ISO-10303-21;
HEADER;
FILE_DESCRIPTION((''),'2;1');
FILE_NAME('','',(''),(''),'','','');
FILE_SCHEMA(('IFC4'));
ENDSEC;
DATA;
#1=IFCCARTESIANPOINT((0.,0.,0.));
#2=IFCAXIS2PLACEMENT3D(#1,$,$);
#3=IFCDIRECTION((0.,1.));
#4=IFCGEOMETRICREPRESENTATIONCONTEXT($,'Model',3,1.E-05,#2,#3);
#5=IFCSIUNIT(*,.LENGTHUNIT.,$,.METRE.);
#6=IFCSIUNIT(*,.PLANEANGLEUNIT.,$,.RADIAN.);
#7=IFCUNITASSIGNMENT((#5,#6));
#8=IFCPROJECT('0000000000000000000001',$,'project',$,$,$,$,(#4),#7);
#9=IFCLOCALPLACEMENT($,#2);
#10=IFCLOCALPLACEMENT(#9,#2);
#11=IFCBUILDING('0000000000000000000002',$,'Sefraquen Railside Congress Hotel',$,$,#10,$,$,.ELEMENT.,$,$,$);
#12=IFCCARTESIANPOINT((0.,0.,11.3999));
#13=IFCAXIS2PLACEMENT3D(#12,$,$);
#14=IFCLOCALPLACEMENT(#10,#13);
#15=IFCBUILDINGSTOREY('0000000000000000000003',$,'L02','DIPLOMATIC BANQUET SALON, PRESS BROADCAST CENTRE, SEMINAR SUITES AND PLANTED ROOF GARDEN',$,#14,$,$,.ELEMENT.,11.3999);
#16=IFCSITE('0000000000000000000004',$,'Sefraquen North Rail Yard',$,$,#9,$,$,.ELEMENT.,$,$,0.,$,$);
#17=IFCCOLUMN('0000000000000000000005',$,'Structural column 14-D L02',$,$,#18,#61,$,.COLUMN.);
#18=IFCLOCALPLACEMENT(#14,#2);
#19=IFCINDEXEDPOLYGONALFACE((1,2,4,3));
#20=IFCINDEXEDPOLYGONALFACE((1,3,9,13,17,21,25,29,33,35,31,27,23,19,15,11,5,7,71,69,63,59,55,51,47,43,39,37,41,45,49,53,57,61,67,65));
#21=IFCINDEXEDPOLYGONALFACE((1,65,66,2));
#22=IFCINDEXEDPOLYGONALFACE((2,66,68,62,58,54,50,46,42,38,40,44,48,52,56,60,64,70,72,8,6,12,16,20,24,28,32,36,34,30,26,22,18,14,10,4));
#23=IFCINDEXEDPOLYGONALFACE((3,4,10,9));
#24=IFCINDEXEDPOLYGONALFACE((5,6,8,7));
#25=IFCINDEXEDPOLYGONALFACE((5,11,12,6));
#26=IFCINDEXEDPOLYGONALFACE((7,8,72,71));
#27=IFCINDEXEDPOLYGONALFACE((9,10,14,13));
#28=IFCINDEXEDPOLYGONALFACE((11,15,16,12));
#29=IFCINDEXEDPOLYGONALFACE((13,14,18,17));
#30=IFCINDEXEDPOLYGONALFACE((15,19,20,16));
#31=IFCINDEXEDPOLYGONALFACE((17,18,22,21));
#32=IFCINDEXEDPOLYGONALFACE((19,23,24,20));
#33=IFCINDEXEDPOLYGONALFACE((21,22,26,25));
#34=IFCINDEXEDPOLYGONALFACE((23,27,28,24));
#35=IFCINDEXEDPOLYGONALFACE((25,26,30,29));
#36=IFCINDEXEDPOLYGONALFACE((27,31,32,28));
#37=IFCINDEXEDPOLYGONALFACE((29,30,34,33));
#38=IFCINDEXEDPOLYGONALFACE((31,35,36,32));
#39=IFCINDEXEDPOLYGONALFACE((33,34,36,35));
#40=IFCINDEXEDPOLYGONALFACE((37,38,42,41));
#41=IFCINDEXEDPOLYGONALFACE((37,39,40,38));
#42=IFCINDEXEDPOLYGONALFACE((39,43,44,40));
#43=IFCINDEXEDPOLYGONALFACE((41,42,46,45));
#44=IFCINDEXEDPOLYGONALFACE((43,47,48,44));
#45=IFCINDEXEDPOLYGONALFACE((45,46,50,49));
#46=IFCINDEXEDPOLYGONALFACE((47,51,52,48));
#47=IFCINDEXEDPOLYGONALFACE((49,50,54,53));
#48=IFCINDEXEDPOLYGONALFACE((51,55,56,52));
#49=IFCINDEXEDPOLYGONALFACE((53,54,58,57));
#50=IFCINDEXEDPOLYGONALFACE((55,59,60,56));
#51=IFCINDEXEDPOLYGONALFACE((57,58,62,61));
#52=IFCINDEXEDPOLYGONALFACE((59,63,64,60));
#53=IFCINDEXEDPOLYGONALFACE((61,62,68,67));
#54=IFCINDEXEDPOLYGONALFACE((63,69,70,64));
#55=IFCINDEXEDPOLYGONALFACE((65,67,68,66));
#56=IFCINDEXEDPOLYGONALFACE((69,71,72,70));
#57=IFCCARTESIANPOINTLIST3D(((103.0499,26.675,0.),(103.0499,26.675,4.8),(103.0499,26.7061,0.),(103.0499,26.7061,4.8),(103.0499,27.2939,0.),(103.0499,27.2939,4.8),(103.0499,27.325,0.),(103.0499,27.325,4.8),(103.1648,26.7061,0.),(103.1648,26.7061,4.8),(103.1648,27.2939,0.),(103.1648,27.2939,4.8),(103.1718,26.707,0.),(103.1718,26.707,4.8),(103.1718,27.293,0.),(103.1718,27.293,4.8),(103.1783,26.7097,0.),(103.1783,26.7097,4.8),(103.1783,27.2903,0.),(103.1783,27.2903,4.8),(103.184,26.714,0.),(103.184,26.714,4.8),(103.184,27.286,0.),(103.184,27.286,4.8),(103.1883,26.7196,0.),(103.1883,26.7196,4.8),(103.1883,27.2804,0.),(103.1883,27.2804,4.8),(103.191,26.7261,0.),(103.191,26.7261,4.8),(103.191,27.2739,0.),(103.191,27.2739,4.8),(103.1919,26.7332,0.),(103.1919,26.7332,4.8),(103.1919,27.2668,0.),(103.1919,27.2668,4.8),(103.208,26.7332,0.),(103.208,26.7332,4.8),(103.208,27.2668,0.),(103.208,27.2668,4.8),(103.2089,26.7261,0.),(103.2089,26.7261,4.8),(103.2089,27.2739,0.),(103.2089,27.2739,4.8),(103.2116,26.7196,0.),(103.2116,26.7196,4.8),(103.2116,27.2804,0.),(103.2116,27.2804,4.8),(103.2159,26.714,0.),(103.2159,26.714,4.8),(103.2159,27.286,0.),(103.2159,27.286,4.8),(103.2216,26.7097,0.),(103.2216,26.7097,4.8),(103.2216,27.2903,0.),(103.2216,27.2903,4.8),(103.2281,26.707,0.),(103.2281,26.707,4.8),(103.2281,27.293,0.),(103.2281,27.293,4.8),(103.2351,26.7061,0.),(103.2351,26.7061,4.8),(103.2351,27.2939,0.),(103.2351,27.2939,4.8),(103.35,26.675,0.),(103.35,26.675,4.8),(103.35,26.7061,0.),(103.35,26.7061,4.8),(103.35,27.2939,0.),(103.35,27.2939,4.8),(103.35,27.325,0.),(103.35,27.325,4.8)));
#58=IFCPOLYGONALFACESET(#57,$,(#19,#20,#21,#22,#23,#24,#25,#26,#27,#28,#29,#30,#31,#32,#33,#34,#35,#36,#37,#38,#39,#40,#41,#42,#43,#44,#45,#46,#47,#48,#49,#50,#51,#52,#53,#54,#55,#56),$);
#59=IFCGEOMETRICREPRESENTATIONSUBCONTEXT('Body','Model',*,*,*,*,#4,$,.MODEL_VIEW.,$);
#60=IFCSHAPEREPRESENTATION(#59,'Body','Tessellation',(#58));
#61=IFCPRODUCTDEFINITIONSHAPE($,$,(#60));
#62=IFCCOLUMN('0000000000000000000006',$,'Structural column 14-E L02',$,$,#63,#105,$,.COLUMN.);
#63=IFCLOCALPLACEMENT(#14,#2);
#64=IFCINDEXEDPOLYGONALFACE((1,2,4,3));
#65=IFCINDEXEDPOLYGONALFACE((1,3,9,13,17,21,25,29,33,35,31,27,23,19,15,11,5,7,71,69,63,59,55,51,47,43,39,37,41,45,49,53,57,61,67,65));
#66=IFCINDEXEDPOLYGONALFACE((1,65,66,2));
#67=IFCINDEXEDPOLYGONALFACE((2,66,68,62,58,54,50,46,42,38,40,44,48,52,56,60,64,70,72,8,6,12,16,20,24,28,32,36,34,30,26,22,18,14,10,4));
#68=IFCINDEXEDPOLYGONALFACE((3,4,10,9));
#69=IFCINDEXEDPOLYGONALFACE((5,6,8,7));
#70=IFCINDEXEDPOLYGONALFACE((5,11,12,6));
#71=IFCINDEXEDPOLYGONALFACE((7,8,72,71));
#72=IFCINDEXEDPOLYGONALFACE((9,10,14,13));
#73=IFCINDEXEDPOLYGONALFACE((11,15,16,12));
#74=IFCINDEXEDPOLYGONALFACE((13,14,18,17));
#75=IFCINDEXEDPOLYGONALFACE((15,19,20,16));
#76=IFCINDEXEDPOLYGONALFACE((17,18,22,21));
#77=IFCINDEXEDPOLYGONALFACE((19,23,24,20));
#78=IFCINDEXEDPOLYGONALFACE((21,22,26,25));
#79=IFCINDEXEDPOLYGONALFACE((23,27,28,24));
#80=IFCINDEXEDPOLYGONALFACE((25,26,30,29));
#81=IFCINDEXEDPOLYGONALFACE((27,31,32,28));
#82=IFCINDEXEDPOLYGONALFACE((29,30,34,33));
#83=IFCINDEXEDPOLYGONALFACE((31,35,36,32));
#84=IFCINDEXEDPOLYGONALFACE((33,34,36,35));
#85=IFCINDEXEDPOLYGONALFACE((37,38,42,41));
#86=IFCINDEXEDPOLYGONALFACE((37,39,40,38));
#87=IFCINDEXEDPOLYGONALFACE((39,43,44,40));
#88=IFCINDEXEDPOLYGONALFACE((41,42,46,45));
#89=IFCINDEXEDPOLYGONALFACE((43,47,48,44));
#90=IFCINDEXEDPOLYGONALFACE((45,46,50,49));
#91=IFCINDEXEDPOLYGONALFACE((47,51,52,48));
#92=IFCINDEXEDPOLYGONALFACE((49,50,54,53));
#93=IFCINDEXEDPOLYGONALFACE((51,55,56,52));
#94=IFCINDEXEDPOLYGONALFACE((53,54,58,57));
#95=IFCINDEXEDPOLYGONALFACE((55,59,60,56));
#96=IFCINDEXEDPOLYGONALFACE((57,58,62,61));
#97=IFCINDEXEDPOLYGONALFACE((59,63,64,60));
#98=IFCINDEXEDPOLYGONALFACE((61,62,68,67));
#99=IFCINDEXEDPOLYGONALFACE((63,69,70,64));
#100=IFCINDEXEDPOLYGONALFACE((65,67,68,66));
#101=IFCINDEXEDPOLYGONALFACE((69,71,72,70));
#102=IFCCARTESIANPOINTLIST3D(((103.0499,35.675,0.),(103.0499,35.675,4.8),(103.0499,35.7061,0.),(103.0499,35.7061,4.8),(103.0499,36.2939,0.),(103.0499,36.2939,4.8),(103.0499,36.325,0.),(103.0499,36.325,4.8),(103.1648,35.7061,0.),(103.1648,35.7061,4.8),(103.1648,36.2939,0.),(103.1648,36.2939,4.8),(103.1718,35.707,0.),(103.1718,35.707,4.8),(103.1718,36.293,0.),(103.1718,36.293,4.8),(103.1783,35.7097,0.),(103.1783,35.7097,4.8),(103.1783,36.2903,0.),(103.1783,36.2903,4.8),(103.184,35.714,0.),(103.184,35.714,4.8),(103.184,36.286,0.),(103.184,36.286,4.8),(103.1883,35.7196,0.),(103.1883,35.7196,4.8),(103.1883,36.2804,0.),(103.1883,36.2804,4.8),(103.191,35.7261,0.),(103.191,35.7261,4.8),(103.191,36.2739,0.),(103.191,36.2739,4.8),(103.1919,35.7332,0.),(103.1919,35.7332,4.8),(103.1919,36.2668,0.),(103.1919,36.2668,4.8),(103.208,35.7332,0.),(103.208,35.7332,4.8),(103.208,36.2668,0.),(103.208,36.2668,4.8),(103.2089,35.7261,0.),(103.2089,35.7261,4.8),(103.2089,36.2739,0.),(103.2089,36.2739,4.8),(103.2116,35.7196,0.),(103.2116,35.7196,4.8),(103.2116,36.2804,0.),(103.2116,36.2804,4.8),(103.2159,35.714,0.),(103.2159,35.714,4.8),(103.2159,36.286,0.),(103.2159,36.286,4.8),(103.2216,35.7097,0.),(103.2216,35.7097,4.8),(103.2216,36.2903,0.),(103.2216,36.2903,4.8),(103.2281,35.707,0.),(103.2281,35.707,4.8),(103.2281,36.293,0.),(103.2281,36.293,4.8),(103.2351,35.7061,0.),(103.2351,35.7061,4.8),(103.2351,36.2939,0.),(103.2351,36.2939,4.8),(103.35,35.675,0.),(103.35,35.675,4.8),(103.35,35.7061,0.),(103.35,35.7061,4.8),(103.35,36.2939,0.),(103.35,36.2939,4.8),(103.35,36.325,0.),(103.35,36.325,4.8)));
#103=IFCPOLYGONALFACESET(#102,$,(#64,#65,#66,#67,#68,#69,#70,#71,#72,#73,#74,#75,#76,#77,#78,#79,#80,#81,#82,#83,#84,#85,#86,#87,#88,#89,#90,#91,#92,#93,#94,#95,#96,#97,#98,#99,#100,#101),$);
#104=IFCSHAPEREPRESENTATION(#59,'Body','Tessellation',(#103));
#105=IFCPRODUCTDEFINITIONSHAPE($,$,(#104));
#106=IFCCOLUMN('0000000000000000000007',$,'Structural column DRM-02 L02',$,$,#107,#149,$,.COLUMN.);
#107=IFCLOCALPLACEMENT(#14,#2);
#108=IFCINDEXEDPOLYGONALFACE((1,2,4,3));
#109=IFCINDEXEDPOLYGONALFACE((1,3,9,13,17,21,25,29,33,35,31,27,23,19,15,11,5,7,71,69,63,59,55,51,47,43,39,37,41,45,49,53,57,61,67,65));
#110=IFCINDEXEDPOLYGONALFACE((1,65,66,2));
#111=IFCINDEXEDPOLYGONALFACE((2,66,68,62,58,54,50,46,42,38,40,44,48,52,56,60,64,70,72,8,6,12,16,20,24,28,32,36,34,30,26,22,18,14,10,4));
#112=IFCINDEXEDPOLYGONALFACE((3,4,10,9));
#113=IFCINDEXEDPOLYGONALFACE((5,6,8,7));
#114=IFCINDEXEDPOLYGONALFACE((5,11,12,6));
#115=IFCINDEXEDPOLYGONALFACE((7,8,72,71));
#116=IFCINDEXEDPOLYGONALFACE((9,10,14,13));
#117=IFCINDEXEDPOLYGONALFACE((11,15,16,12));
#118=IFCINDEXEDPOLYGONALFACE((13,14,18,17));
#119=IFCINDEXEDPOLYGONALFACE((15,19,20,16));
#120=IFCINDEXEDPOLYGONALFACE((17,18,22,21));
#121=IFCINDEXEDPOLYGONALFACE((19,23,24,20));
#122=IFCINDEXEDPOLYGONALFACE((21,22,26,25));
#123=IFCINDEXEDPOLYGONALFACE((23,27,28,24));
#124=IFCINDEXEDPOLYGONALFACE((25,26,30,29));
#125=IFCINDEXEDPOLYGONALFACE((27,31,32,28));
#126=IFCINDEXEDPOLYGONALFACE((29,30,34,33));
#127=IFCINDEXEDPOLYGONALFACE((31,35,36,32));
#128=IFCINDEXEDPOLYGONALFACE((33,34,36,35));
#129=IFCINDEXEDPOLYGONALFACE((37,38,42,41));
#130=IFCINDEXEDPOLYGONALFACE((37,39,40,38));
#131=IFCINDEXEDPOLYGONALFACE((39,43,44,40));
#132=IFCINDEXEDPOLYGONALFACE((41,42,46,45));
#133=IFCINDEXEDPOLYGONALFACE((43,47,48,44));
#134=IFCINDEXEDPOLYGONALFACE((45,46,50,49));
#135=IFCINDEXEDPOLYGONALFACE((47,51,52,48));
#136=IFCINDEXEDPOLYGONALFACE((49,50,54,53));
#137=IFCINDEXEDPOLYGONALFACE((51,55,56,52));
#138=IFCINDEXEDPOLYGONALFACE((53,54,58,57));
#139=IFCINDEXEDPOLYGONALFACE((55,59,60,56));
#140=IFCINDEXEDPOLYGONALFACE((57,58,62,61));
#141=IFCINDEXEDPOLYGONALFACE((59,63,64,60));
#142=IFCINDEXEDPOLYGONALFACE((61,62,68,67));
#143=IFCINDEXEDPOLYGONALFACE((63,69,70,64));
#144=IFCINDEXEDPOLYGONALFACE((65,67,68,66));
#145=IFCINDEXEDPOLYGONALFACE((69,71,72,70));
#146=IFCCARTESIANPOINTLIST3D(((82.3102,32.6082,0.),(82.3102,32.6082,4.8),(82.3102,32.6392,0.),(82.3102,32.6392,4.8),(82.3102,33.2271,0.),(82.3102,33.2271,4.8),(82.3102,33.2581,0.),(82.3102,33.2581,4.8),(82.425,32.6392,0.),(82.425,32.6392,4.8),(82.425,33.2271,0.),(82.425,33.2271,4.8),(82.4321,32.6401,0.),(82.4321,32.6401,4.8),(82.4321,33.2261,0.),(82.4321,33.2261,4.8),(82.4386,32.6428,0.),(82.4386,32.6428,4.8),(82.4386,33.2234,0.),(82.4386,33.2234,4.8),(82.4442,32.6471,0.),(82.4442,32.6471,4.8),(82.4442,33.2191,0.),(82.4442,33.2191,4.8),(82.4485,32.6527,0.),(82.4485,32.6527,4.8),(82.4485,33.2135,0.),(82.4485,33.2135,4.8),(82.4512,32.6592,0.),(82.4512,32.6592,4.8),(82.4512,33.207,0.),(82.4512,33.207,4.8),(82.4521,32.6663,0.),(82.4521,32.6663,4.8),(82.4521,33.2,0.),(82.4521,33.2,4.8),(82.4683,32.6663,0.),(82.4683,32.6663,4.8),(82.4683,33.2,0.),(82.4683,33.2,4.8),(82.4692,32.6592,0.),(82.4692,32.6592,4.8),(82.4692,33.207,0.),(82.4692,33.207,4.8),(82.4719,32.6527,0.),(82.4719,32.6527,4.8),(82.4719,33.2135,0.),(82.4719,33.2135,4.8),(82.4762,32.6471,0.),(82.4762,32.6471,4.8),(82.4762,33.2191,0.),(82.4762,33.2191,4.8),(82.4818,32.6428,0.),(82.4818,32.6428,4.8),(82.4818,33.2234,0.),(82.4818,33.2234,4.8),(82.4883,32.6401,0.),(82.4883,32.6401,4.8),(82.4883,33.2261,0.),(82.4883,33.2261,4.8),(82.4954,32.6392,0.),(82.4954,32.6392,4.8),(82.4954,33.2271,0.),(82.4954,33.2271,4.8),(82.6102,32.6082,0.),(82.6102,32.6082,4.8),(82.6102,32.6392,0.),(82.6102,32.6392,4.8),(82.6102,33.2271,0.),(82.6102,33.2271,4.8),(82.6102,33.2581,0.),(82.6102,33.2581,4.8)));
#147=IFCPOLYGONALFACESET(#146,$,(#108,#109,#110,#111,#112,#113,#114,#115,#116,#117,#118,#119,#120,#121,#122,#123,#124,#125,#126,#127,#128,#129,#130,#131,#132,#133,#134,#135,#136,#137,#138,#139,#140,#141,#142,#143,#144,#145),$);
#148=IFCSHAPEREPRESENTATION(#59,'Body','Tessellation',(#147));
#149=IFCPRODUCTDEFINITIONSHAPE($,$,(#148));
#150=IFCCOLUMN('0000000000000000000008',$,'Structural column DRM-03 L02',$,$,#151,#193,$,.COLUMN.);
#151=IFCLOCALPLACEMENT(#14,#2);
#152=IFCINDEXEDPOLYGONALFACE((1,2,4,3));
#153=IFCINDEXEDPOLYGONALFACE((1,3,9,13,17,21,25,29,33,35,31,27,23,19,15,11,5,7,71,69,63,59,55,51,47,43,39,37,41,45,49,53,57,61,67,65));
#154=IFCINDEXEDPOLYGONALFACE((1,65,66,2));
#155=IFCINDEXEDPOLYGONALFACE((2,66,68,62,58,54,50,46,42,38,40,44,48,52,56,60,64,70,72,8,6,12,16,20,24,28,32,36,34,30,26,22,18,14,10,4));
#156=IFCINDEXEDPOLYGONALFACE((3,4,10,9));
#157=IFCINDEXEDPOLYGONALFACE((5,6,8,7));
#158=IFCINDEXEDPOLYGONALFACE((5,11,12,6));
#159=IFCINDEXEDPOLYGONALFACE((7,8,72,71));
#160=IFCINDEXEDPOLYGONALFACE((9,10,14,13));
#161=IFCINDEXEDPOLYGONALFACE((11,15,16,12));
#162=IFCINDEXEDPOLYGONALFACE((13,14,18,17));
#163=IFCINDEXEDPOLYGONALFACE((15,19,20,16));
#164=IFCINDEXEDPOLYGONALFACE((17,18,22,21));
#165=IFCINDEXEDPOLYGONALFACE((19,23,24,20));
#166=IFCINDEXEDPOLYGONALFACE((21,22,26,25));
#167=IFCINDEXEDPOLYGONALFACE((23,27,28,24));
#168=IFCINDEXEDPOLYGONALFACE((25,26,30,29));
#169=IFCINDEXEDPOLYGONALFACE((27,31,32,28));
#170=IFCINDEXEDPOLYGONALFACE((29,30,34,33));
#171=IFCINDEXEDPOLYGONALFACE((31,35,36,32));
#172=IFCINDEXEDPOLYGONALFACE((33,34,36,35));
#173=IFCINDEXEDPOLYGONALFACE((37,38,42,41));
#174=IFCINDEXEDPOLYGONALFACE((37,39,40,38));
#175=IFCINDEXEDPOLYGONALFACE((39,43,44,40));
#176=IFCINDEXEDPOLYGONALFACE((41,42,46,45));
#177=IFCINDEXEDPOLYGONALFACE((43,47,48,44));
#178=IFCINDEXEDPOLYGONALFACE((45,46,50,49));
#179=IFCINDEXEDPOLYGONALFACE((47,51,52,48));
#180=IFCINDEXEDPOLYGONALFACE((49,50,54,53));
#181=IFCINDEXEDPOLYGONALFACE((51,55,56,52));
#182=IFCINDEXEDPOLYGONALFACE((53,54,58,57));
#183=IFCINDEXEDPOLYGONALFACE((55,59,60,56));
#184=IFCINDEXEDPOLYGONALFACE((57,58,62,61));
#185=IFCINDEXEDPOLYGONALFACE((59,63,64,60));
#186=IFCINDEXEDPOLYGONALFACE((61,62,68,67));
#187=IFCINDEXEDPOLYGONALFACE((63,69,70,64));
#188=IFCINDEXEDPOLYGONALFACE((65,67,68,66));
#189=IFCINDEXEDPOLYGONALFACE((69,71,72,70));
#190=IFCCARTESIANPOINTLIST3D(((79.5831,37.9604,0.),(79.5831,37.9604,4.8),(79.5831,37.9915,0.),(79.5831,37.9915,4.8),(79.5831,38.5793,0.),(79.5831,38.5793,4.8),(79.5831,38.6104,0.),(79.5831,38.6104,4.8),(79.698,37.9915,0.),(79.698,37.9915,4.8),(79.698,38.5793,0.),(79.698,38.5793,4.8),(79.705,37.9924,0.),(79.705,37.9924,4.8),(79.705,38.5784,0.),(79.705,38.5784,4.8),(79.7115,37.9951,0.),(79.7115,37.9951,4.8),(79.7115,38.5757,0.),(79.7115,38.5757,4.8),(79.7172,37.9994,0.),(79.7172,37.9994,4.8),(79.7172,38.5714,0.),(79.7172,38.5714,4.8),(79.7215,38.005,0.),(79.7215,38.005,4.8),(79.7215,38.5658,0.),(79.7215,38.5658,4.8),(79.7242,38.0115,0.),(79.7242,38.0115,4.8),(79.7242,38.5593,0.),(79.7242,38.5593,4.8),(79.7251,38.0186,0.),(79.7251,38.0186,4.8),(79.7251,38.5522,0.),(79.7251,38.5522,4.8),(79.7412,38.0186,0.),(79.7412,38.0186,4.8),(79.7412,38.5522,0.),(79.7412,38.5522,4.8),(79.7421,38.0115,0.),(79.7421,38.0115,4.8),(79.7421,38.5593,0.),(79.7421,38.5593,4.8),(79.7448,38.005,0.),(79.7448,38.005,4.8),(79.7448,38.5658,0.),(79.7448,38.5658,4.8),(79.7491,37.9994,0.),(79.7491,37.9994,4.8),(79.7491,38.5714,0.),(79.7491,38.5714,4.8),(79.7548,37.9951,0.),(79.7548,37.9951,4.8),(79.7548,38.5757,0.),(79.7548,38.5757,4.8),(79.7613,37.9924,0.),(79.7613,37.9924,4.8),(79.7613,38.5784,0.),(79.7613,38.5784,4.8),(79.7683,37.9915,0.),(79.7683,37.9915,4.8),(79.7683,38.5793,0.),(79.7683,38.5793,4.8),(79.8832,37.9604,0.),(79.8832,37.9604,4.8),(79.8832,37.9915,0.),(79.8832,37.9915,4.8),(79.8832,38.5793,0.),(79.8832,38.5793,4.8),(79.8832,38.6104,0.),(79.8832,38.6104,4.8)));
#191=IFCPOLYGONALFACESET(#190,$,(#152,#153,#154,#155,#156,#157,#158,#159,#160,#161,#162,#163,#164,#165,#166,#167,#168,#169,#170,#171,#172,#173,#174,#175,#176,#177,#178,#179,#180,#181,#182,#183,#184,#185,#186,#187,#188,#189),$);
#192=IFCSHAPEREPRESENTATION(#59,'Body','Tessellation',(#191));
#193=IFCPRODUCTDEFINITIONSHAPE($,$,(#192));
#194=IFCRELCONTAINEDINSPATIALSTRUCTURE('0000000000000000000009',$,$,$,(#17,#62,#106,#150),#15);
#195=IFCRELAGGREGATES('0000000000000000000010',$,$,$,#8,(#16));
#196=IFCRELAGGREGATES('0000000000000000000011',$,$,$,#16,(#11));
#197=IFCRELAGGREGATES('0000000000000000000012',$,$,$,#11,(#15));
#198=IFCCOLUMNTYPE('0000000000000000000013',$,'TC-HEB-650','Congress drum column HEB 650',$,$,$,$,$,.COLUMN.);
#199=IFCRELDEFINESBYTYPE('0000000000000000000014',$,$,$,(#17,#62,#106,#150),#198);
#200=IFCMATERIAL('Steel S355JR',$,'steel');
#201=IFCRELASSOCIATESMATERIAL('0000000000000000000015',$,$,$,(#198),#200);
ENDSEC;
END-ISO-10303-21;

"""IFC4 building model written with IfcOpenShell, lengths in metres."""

from ifc_helpers import new_model, si_unit, direction, frame, origin, origin_2d, place, context, subcontext, project, spatial, i_section, extrude, material, material_profile, profile_set, type_object, element, save


model = new_model("IFC4")

# Units and contexts
model_context = context("Model", 3, precision=1e-05, world=origin(), true_north=direction((0.0, 1.0)))
body_context = subcontext(model_context, "Body", "Model", "MODEL_VIEW")
ifc_project = project(units=[si_unit("LENGTHUNIT", "METRE"), si_unit("PLANEANGLEUNIT", "RADIAN")], contexts=[model_context])

# Site, building, storey
site_placement = place(None, origin())
site = spatial("IfcSite", under=ifc_project, at=site_placement, Name="Sefraquen North Rail Yard", CompositionType="ELEMENT", RefElevation=0.0)
building_placement = place(site_placement, origin())
building = spatial("IfcBuilding", under=site, at=building_placement, Name="Sefraquen Railside Congress Hotel", CompositionType="ELEMENT")
storey_placement = place(building_placement, frame((0.0, 0.0, 11.3999)))
storey = spatial("IfcBuildingStorey", under=building, at=storey_placement, Name="L02", Description="DIPLOMATIC BANQUET SALON, PRESS BROADCAST CENTRE, SEMINAR SUITES AND PLANTED ROOF GARDEN", CompositionType="ELEMENT", Elevation=11.3999)

# Columns
ifc_material_1 = material(Name="Steel S355JR", Category="steel")
ifc_material_profile_1 = material_profile(ifc_material_1, i_section(OverallWidth=0.3, OverallDepth=0.6499, WebThickness=0.0161, FlangeThickness=0.031, FilletRadius=0.0271, at=origin_2d()), Name="HEB 650")
ifc_profile_set_1 = profile_set([ifc_material_profile_1], Name="Steel S355JR")
column_type = type_object("IfcColumnType", Name="TC-HEB-650", Description="Congress drum column HEB 650", PredefinedType="COLUMN", material=ifc_profile_set_1)
for number, where, z_axis, x_axis, name in (
    (1, (103.2, 27.0, 0.0), (0.0, 0.0, 1.0), (1.0, 0.0, 0.0), "Structural column 14-D L02"),
    (2, (103.2, 36.0, 0.0), (0.0, 0.0, 1.0), (1.0, 0.0, 0.0), "Structural column 14-E L02"),
    (3, (82.4602, 32.9331, 0.0), (0.0, 0.0, 1.0), (1.0, 0.0, 0.0), "Structural column DRM-02 L02"),
    (4, (79.7332, 38.2854, 0.0), (0.0, 0.0, 1.0), (1.0, 0.0, 0.0), "Structural column DRM-03 L02"),
):
    element("IfcColumn", number, at=place(storey_placement, frame(where, z_axis=z_axis, x_axis=x_axis)), inside=storey, type_object=column_type, Name=name, PredefinedType="COLUMN", context=body_context, shape_type="SweptSolid", body=[
        extrude(i_section(OverallWidth=0.3, OverallDepth=0.6499, WebThickness=0.0161, FlangeThickness=0.031, FilletRadius=0.0271, at=origin_2d()), origin(), (0.0, 0.0, 1.0), 4.8),
    ])

save(model, "model.ifc")
